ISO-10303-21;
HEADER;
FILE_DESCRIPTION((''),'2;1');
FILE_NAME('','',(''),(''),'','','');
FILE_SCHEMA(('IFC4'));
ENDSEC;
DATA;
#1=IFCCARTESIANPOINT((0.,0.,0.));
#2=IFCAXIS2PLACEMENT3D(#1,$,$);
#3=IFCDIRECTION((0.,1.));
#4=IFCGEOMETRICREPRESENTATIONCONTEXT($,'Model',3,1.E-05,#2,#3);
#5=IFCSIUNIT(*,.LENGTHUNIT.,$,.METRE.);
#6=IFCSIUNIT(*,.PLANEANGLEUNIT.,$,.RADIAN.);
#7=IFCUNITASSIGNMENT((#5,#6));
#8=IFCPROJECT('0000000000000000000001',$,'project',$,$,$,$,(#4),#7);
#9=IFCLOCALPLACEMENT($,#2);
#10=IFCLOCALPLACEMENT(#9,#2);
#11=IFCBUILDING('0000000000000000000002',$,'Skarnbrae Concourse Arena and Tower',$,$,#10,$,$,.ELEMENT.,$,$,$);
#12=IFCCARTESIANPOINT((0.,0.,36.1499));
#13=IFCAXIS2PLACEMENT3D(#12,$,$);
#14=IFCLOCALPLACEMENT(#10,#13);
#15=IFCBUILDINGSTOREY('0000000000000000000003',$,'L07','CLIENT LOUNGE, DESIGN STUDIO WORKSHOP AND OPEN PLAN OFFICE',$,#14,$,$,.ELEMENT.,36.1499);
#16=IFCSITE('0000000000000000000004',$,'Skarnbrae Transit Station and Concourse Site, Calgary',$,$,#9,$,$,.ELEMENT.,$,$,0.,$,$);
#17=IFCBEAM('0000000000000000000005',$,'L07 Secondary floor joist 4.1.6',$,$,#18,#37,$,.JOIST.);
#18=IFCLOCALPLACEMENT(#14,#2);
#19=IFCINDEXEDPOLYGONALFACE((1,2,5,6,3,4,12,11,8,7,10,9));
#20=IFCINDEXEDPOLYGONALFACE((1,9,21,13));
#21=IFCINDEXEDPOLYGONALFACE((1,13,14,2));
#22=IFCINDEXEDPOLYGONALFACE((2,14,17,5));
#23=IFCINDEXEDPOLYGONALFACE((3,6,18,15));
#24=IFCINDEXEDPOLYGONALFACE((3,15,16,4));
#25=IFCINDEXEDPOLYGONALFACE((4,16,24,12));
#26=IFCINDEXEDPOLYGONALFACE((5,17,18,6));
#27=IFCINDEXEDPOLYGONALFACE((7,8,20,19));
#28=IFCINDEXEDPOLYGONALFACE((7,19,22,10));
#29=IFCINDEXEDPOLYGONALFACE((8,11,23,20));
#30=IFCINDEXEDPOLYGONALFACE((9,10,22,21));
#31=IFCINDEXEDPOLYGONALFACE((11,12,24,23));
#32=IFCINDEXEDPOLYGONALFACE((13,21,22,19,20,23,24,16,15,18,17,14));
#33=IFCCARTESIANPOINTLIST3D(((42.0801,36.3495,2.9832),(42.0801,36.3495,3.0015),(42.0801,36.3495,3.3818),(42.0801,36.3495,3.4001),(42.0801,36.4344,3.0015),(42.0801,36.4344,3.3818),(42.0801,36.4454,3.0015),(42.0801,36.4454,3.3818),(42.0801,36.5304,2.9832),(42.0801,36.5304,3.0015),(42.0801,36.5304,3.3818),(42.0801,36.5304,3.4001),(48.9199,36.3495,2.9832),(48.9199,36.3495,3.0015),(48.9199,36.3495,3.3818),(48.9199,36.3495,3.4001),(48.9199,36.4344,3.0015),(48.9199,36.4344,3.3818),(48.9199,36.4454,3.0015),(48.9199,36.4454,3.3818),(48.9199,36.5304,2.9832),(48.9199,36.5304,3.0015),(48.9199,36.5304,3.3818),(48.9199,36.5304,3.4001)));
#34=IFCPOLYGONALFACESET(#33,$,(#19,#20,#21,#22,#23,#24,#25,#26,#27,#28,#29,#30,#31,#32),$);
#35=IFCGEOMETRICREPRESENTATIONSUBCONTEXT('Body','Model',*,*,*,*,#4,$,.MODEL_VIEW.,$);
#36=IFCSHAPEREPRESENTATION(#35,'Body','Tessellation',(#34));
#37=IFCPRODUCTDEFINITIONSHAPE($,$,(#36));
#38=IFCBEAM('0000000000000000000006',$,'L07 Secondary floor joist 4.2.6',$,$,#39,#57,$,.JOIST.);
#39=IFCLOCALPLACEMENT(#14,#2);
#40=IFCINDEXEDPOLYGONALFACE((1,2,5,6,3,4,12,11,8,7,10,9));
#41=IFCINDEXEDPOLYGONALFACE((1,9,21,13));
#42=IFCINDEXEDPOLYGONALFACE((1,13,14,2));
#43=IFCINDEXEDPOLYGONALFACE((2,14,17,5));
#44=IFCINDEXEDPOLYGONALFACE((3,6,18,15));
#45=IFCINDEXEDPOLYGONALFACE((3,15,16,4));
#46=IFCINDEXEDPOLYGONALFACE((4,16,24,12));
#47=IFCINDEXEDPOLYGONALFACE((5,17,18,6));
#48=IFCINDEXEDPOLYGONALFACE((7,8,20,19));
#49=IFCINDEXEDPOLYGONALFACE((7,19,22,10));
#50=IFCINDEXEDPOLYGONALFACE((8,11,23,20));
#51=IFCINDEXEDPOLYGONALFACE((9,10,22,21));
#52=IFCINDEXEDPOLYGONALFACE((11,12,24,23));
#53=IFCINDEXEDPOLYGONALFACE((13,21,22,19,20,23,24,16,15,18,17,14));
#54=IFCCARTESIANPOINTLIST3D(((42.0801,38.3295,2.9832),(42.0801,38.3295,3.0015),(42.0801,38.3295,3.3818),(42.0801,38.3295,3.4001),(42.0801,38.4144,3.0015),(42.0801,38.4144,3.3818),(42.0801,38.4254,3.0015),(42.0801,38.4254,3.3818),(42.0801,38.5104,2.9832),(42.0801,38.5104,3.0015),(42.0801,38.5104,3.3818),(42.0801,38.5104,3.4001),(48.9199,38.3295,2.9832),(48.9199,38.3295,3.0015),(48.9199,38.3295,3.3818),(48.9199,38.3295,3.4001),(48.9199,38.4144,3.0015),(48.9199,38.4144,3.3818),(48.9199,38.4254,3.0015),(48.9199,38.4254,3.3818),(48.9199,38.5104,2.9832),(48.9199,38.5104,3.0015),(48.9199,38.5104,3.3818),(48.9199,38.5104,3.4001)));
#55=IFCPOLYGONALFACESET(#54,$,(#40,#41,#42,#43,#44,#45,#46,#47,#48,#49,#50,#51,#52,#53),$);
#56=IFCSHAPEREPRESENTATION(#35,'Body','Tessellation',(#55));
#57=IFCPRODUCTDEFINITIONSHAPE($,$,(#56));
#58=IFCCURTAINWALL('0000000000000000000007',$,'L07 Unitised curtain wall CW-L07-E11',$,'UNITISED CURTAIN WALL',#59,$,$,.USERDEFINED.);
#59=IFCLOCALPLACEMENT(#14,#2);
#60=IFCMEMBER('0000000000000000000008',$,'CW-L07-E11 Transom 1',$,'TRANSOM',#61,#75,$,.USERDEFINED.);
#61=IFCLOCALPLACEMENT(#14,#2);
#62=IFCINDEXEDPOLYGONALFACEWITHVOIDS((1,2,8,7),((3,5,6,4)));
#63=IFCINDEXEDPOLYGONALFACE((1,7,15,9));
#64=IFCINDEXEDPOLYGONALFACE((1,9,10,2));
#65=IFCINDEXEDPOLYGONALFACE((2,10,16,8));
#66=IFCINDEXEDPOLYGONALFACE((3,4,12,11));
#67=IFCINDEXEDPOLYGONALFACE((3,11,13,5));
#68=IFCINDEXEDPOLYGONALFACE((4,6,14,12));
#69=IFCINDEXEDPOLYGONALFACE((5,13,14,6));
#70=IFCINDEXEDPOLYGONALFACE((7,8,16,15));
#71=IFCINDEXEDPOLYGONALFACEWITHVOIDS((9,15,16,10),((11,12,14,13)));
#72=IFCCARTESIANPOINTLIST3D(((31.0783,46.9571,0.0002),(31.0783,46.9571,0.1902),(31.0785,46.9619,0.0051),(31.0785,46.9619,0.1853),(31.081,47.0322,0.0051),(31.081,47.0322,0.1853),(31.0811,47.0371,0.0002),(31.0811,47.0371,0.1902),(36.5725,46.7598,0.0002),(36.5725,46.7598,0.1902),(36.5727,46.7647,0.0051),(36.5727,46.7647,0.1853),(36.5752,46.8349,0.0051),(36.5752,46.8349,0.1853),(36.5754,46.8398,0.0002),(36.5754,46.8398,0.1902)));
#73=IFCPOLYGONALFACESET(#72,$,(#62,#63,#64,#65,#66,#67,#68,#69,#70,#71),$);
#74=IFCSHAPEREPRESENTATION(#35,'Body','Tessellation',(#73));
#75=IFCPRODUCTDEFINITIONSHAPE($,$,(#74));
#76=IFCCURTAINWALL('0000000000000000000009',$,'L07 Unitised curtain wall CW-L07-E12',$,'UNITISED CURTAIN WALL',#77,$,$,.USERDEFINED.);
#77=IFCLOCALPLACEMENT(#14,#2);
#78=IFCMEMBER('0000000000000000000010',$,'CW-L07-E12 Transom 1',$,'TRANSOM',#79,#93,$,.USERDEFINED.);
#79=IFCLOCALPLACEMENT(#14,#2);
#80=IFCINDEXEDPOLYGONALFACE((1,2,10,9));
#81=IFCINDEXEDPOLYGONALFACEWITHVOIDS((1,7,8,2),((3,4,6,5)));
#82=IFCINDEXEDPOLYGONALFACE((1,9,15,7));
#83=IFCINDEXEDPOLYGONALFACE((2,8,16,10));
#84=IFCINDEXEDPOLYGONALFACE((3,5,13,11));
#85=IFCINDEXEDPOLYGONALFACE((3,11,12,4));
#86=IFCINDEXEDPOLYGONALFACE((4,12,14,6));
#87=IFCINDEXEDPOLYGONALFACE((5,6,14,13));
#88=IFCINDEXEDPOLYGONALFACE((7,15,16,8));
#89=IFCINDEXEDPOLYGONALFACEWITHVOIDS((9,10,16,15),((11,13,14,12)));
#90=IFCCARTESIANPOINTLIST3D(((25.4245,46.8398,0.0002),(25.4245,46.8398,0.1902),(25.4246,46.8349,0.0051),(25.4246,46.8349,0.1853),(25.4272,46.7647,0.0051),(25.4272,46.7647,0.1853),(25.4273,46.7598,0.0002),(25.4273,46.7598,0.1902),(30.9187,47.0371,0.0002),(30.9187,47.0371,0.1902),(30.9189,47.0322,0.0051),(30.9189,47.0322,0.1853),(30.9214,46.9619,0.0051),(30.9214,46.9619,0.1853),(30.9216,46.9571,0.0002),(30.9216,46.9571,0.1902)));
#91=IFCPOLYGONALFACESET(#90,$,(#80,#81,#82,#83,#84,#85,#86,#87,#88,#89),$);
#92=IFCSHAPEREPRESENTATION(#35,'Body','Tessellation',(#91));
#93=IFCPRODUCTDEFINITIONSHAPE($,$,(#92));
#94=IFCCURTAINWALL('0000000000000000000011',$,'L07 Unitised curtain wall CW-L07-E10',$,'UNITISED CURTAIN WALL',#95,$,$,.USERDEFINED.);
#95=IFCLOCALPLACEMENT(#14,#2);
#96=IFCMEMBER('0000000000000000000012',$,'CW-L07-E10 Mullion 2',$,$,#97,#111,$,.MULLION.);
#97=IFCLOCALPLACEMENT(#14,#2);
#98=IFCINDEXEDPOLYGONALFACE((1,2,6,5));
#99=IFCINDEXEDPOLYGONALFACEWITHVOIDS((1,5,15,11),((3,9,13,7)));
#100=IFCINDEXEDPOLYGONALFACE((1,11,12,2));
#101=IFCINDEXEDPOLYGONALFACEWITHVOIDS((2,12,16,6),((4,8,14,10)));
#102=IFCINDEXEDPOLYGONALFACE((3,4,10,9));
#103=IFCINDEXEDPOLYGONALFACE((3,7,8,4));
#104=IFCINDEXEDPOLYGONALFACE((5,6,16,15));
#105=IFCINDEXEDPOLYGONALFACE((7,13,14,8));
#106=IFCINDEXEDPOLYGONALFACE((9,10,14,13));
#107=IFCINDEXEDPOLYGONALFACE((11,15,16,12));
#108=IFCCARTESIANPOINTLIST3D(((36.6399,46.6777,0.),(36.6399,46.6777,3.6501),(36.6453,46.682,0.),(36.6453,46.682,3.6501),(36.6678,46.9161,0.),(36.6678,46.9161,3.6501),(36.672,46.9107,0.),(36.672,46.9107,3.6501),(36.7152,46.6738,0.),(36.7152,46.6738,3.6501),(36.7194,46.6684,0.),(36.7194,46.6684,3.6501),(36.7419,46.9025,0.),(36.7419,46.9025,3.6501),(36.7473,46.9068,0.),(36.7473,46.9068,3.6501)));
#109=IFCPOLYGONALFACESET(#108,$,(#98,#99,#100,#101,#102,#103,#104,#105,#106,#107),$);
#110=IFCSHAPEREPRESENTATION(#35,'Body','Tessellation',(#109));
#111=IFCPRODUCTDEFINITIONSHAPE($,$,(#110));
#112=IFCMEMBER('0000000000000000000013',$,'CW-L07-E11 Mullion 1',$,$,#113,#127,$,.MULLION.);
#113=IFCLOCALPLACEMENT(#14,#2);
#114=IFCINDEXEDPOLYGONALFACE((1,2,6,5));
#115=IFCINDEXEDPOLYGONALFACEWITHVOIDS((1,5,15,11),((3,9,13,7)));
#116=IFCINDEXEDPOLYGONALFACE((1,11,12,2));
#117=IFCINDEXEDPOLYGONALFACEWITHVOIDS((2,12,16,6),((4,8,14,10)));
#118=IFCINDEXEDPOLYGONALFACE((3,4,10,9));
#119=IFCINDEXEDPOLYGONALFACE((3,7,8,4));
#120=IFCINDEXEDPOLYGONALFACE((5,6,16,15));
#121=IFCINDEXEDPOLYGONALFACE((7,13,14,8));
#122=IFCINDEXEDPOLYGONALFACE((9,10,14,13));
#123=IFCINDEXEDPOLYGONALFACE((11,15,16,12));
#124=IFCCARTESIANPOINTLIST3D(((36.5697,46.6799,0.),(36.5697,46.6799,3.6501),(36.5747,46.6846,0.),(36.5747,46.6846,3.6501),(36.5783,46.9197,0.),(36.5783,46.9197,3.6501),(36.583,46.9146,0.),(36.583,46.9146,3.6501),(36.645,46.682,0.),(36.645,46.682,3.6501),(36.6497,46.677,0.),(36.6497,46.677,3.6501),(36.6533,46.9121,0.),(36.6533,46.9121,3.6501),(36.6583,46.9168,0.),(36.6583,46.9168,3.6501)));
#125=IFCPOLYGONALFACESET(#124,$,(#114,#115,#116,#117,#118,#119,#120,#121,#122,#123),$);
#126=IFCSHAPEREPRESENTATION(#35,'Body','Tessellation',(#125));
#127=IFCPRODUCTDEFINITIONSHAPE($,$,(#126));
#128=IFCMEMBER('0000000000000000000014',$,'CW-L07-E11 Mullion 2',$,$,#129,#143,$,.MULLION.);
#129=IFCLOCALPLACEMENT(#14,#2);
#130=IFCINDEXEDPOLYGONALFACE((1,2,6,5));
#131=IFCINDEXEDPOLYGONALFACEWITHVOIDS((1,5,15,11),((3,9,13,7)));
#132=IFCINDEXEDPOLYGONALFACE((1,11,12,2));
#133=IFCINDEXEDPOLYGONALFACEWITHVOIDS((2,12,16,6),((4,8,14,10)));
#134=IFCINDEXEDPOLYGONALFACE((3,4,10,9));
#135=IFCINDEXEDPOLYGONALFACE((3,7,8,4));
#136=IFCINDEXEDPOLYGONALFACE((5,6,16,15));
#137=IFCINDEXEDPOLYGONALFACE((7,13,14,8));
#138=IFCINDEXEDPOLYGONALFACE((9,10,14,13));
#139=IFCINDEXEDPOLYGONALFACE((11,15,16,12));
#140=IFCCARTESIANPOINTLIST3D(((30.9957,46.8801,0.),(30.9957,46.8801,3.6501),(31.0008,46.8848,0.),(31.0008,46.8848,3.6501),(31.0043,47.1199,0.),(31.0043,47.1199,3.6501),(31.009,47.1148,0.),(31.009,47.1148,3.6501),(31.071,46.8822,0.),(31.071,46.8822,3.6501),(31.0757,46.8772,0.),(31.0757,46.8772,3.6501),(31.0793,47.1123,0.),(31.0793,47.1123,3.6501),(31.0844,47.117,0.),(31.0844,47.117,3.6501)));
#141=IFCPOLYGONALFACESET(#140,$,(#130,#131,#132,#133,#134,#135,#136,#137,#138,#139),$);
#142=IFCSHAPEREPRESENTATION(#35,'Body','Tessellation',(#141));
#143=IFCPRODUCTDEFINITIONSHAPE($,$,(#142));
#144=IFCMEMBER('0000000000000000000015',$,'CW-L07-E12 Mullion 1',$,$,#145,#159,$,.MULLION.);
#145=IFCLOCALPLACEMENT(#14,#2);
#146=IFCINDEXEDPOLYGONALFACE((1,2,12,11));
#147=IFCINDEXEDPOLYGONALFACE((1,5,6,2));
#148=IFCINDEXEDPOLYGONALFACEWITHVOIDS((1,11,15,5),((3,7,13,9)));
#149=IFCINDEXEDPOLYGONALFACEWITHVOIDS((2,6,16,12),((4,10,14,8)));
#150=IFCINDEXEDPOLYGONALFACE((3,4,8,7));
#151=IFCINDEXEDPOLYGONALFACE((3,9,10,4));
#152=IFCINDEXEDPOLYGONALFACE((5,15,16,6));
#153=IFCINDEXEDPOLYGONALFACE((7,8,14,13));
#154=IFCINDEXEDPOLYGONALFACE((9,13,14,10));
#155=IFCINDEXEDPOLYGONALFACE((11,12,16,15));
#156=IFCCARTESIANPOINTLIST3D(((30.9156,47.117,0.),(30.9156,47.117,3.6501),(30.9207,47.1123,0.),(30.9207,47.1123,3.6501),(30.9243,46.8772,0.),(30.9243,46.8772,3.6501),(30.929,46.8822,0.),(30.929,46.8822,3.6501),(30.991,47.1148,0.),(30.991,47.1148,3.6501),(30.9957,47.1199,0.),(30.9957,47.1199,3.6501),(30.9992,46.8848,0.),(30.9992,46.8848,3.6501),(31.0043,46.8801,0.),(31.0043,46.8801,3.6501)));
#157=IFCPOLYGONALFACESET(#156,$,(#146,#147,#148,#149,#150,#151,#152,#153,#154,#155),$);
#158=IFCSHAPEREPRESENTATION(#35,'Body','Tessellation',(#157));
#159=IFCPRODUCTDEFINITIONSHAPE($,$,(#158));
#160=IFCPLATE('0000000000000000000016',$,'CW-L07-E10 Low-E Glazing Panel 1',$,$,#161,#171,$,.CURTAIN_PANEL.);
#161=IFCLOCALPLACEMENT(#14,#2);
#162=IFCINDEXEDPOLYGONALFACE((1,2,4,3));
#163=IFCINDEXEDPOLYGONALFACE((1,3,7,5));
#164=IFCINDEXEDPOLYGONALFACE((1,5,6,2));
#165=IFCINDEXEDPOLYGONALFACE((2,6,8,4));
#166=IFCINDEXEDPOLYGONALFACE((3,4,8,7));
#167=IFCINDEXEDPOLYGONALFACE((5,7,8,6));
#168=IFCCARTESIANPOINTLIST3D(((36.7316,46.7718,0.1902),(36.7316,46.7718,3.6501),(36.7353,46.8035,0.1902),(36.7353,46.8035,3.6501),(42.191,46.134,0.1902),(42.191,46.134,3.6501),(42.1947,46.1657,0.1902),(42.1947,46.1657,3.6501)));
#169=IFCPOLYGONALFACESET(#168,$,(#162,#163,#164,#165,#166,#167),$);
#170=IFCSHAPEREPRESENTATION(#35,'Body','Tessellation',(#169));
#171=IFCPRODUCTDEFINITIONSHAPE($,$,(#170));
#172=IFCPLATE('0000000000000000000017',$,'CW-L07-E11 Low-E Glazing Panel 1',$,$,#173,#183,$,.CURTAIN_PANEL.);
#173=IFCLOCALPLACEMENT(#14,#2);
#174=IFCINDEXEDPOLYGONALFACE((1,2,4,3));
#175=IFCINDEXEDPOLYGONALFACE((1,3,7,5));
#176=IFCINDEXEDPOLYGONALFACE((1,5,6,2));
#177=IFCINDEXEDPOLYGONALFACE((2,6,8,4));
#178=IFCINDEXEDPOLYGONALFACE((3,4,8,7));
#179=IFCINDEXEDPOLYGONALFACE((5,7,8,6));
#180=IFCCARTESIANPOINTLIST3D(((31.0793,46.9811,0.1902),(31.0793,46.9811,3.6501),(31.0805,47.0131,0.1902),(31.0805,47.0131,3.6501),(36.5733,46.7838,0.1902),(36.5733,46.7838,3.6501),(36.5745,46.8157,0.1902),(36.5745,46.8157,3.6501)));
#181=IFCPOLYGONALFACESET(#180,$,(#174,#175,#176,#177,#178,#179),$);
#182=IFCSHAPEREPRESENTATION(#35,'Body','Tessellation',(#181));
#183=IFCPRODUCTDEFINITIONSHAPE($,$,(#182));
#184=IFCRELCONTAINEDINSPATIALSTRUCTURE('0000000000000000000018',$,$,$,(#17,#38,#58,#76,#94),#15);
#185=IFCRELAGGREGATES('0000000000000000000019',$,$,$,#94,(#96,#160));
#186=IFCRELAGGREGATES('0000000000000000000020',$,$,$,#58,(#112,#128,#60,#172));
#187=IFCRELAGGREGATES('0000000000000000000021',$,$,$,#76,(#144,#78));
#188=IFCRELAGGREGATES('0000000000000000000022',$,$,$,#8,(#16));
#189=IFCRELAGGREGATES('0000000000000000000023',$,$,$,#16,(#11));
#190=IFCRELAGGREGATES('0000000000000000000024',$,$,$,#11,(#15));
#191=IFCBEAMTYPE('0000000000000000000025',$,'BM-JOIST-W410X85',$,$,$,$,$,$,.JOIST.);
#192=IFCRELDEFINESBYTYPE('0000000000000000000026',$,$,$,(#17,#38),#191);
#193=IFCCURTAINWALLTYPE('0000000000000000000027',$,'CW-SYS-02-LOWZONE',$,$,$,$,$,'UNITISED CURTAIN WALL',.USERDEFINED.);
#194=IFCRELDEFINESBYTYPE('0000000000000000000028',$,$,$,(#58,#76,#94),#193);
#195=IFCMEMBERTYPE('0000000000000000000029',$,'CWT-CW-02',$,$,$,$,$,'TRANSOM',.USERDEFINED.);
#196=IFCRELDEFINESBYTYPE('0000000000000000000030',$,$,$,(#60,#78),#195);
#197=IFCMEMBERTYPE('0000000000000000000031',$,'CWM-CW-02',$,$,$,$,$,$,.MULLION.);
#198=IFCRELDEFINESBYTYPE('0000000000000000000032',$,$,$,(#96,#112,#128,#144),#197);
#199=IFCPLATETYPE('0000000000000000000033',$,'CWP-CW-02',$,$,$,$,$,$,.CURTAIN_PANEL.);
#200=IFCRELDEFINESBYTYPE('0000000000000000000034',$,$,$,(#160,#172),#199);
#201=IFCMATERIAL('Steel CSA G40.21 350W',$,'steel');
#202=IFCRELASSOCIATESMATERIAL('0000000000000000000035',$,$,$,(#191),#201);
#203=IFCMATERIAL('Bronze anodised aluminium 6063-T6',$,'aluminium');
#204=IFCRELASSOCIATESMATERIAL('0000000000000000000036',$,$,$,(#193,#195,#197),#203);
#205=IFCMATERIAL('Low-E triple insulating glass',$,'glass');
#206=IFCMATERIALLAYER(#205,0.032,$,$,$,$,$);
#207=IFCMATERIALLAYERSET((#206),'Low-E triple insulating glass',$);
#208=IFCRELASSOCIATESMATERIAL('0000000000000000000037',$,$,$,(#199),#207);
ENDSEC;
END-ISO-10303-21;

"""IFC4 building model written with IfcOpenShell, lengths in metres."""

from ifc_helpers import new_model, si_unit, direction, frame, origin, origin_2d, place, context, subcontext, project, spatial, rectangle, hollow_rectangle, i_section, extrude, source, transform, mapped, material, layer, layer_set, material_profile, profile_set, type_object, element, aggregate, save


model = new_model("IFC4")

# Units and contexts
model_context = context("Model", 3, precision=1e-05, world=origin(), true_north=direction((0.0, 1.0)))
body_context = subcontext(model_context, "Body", "Model", "MODEL_VIEW")
ifc_project = project(units=[si_unit("LENGTHUNIT", "METRE"), si_unit("PLANEANGLEUNIT", "RADIAN")], contexts=[model_context])

# Site, building, storey
site_placement = place(None, origin())
site = spatial("IfcSite", under=ifc_project, at=site_placement, Name="Skarnbrae Transit Station and Concourse Site, Calgary", CompositionType="ELEMENT", RefElevation=0.0)
building_placement = place(site_placement, origin())
building = spatial("IfcBuilding", under=site, at=building_placement, Name="Skarnbrae Concourse Arena and Tower", CompositionType="ELEMENT")
storey_placement = place(building_placement, frame((0.0, 0.0, 36.1499)))
storey = spatial("IfcBuildingStorey", under=building, at=storey_placement, Name="L07", Description="CLIENT LOUNGE, DESIGN STUDIO WORKSHOP AND OPEN PLAN OFFICE", CompositionType="ELEMENT", Elevation=36.1499)

# Shared definitions
ifc_material_1 = material(Name="Steel CSA G40.21 350W", Category="steel")

# Beams
ifc_material_profile_1 = material_profile(ifc_material_1, i_section(OverallWidth=0.1809, OverallDepth=0.417, WebThickness=0.011, FlangeThickness=0.0183, at=origin_2d()), Name="W410X85")
ifc_profile_set_1 = profile_set([ifc_material_profile_1], Name="Steel CSA G40.21 350W")
beam_type_1 = type_object("IfcBeamType", Name="BM-JOIST-W410X85", PredefinedType="JOIST", material=ifc_profile_set_1)
shared_shape_1 = source(origin(), body_context, "Body", "SweptSolid", [
    extrude(i_section(OverallWidth=0.1809, OverallDepth=0.417, WebThickness=0.011, FlangeThickness=0.0183, at=origin_2d()), origin(), (0.0, 0.0, 1.0), 6.8398),
])
for number, where, z_axis, x_axis, name in (
    (1, (42.0801, 36.4399, 3.1917), (1.0, 0.0, 0.0), (0.0, 1.0, 0.0), "L07 Secondary floor joist 4.1.6"),
    (2, (42.0801, 38.4199, 3.1917), (1.0, 0.0, 0.0), (0.0, 1.0, 0.0), "L07 Secondary floor joist 4.2.6"),
):
    element("IfcBeam", number, at=place(storey_placement, frame(where, z_axis=z_axis, x_axis=x_axis)), inside=storey, type_object=beam_type_1, Name=name, PredefinedType="JOIST", context=body_context, shape_type="MappedRepresentation", body=[
        mapped(shared_shape_1, transform((0.0, 0.0, 0.0))),
    ])

# Curtain walls, members
ifc_material_2 = material(Name="Bronze anodised aluminium 6063-T6", Category="aluminium")
curtain_wall_type = type_object("IfcCurtainWallType", Name="CW-SYS-02-LOWZONE", ElementType="UNITISED CURTAIN WALL", PredefinedType="USERDEFINED", material=ifc_material_2)
curtain_wall_1_placement = place(storey_placement, origin())
curtain_wall_1 = element("IfcCurtainWall", 3, at=curtain_wall_1_placement, inside=storey, type_object=curtain_wall_type, Name="L07 Unitised curtain wall CW-L07-E11", ObjectType="UNITISED CURTAIN WALL", PredefinedType="USERDEFINED")
ifc_material_profile_2 = material_profile(ifc_material_2, hollow_rectangle(XDim=0.0801, YDim=0.1899, WallThickness=0.0049, at=origin_2d()), Name="ALU-TRAN-80X190")
ifc_profile_set_2 = profile_set([ifc_material_profile_2], Name="Bronze anodised aluminium 6063-T6")
member_type_1 = type_object("IfcMemberType", Name="CWT-CW-02", ElementType="TRANSOM", PredefinedType="USERDEFINED", material=ifc_profile_set_2)
shared_shape_2 = source(origin(), body_context, "Body", "SweptSolid", [
    extrude(hollow_rectangle(XDim=0.0801, YDim=0.1899, WallThickness=0.0049, at=origin_2d()), origin(), (0.0, 0.0, 1.0), 5.4978),
])
member_1_placement = place(storey_placement, frame((36.574, 46.7998, 0.0952), z_axis=(-0.999356, 0.035882, 0.0), x_axis=(-0.035882, -0.999356, 0.0)))
member_1 = element("IfcMember", 4, at=member_1_placement, type_object=member_type_1, Name="CW-L07-E11 Transom 1", ObjectType="TRANSOM", PredefinedType="USERDEFINED", context=body_context, shape_type="MappedRepresentation", body=[
    mapped(shared_shape_2, transform((0.0, 0.0, 0.0))),
])
curtain_wall_2_placement = place(storey_placement, origin())
curtain_wall_2 = element("IfcCurtainWall", 5, at=curtain_wall_2_placement, inside=storey, type_object=curtain_wall_type, Name="L07 Unitised curtain wall CW-L07-E12", ObjectType="UNITISED CURTAIN WALL", PredefinedType="USERDEFINED")
member_2_placement = place(storey_placement, frame((30.9202, 46.9971, 0.0952), z_axis=(-0.999356, -0.035882, 0.0), x_axis=(0.035882, -0.999356, 0.0)))
member_2 = element("IfcMember", 6, at=member_2_placement, type_object=member_type_1, Name="CW-L07-E12 Transom 1", ObjectType="TRANSOM", PredefinedType="USERDEFINED", context=body_context, shape_type="MappedRepresentation", body=[
    mapped(shared_shape_2, transform((0.0, 0.0, 0.0))),
])
curtain_wall_3_placement = place(storey_placement, origin())
curtain_wall_3 = element("IfcCurtainWall", 7, at=curtain_wall_3_placement, inside=storey, type_object=curtain_wall_type, Name="L07 Unitised curtain wall CW-L07-E10", ObjectType="UNITISED CURTAIN WALL", PredefinedType="USERDEFINED")
ifc_material_profile_3 = material_profile(ifc_material_2, hollow_rectangle(XDim=0.0801, YDim=0.24, WallThickness=0.0049, at=origin_2d()), Name="ALU-MULL-80X240")
ifc_profile_set_3 = profile_set([ifc_material_profile_3], Name="Bronze anodised aluminium 6063-T6")
member_type_2 = type_object("IfcMemberType", Name="CWM-CW-02", PredefinedType="MULLION", material=ifc_profile_set_3)
shared_shape_3 = source(origin(), body_context, "Body", "SweptSolid", [
    extrude(hollow_rectangle(XDim=0.0801, YDim=0.24, WallThickness=0.0049, at=origin_2d()), origin(), (0.0, 0.0, 1.0), 3.6501),
])
member_3_placement = place(storey_placement, frame((36.6936, 46.7922, 0.0), z_axis=(0.0, 0.0, 1.0), x_axis=(-0.993245, 0.11604, 0.0)))
member_3 = element("IfcMember", 8, at=member_3_placement, type_object=member_type_2, Name="CW-L07-E10 Mullion 2", PredefinedType="MULLION", context=body_context, shape_type="MappedRepresentation", body=[
    mapped(shared_shape_3, transform((0.0, 0.0, 0.0))),
])

# Members
member_4_placement = place(storey_placement, frame((36.614, 46.7983, 0.0), z_axis=(0.0, 0.0, 1.0), x_axis=(-0.999355, 0.035899, 0.0)))
member_4 = element("IfcMember", 9, at=member_4_placement, type_object=member_type_2, Name="CW-L07-E11 Mullion 1", PredefinedType="MULLION", context=body_context, shape_type="MappedRepresentation", body=[
    mapped(shared_shape_3, transform((0.0, 0.0, 0.0))),
])
member_5_placement = place(storey_placement, frame((31.04, 46.9985, 0.0), z_axis=(0.0, 0.0, 1.0), x_axis=(-0.999355, 0.035899, 0.0)))
member_5 = element("IfcMember", 10, at=member_5_placement, type_object=member_type_2, Name="CW-L07-E11 Mullion 2", PredefinedType="MULLION", context=body_context, shape_type="MappedRepresentation", body=[
    mapped(shared_shape_3, transform((0.0, 0.0, 0.0))),
])
member_6_placement = place(storey_placement, frame((30.96, 46.9985, 0.0), z_axis=(0.0, 0.0, 1.0), x_axis=(-0.999355, -0.035899, 0.0)))
member_6 = element("IfcMember", 11, at=member_6_placement, type_object=member_type_2, Name="CW-L07-E12 Mullion 1", PredefinedType="MULLION", context=body_context, shape_type="MappedRepresentation", body=[
    mapped(shared_shape_3, transform((0.0, 0.0, 0.0))),
])

# Plates
ifc_material_3 = material(Name="Low-E triple insulating glass", Category="glass")
ifc_layer_1 = layer(ifc_material_3, 0.032)
ifc_layer_set_1 = layer_set([ifc_layer_1], Name="Low-E triple insulating glass")
plate_type = type_object("IfcPlateType", Name="CWP-CW-02", PredefinedType="CURTAIN_PANEL", material=ifc_layer_set_1)
shared_shape_4 = source(origin(), body_context, "Body", "SweptSolid", [
    extrude(rectangle(XDim=5.4966, YDim=0.032, at=origin_2d()), origin(), (0.0, 0.0, 1.0), 3.46),
])
plate_1_placement = place(storey_placement, frame((39.4631, 46.4688, 0.1902), z_axis=(0.0, 0.0, 1.0), x_axis=(-0.993245, 0.11604, 0.0)))
plate_1 = element("IfcPlate", 12, at=plate_1_placement, type_object=plate_type, Name="CW-L07-E10 Low-E Glazing Panel 1", PredefinedType="CURTAIN_PANEL", context=body_context, shape_type="MappedRepresentation", body=[
    mapped(shared_shape_4, transform((0.0, 0.0, 0.0))),
])
aggregate(curtain_wall_3, [member_3, plate_1])
shared_shape_5 = source(origin(), body_context, "Body", "SweptSolid", [
    extrude(rectangle(XDim=5.4976, YDim=0.032, at=origin_2d()), origin(), (0.0, 0.0, 1.0), 3.46),
])
plate_2_placement = place(storey_placement, frame((33.8269, 46.8984, 0.1902), z_axis=(0.0, 0.0, 1.0), x_axis=(-0.999355, 0.035899, 0.0)))
plate_2 = element("IfcPlate", 13, at=plate_2_placement, type_object=plate_type, Name="CW-L07-E11 Low-E Glazing Panel 1", PredefinedType="CURTAIN_PANEL", context=body_context, shape_type="MappedRepresentation", body=[
    mapped(shared_shape_5, transform((0.0, 0.0, 0.0))),
])
aggregate(curtain_wall_1, [member_4, member_5, member_1, plate_2])
aggregate(curtain_wall_2, [member_6, member_2])

save(model, "model.ifc")
